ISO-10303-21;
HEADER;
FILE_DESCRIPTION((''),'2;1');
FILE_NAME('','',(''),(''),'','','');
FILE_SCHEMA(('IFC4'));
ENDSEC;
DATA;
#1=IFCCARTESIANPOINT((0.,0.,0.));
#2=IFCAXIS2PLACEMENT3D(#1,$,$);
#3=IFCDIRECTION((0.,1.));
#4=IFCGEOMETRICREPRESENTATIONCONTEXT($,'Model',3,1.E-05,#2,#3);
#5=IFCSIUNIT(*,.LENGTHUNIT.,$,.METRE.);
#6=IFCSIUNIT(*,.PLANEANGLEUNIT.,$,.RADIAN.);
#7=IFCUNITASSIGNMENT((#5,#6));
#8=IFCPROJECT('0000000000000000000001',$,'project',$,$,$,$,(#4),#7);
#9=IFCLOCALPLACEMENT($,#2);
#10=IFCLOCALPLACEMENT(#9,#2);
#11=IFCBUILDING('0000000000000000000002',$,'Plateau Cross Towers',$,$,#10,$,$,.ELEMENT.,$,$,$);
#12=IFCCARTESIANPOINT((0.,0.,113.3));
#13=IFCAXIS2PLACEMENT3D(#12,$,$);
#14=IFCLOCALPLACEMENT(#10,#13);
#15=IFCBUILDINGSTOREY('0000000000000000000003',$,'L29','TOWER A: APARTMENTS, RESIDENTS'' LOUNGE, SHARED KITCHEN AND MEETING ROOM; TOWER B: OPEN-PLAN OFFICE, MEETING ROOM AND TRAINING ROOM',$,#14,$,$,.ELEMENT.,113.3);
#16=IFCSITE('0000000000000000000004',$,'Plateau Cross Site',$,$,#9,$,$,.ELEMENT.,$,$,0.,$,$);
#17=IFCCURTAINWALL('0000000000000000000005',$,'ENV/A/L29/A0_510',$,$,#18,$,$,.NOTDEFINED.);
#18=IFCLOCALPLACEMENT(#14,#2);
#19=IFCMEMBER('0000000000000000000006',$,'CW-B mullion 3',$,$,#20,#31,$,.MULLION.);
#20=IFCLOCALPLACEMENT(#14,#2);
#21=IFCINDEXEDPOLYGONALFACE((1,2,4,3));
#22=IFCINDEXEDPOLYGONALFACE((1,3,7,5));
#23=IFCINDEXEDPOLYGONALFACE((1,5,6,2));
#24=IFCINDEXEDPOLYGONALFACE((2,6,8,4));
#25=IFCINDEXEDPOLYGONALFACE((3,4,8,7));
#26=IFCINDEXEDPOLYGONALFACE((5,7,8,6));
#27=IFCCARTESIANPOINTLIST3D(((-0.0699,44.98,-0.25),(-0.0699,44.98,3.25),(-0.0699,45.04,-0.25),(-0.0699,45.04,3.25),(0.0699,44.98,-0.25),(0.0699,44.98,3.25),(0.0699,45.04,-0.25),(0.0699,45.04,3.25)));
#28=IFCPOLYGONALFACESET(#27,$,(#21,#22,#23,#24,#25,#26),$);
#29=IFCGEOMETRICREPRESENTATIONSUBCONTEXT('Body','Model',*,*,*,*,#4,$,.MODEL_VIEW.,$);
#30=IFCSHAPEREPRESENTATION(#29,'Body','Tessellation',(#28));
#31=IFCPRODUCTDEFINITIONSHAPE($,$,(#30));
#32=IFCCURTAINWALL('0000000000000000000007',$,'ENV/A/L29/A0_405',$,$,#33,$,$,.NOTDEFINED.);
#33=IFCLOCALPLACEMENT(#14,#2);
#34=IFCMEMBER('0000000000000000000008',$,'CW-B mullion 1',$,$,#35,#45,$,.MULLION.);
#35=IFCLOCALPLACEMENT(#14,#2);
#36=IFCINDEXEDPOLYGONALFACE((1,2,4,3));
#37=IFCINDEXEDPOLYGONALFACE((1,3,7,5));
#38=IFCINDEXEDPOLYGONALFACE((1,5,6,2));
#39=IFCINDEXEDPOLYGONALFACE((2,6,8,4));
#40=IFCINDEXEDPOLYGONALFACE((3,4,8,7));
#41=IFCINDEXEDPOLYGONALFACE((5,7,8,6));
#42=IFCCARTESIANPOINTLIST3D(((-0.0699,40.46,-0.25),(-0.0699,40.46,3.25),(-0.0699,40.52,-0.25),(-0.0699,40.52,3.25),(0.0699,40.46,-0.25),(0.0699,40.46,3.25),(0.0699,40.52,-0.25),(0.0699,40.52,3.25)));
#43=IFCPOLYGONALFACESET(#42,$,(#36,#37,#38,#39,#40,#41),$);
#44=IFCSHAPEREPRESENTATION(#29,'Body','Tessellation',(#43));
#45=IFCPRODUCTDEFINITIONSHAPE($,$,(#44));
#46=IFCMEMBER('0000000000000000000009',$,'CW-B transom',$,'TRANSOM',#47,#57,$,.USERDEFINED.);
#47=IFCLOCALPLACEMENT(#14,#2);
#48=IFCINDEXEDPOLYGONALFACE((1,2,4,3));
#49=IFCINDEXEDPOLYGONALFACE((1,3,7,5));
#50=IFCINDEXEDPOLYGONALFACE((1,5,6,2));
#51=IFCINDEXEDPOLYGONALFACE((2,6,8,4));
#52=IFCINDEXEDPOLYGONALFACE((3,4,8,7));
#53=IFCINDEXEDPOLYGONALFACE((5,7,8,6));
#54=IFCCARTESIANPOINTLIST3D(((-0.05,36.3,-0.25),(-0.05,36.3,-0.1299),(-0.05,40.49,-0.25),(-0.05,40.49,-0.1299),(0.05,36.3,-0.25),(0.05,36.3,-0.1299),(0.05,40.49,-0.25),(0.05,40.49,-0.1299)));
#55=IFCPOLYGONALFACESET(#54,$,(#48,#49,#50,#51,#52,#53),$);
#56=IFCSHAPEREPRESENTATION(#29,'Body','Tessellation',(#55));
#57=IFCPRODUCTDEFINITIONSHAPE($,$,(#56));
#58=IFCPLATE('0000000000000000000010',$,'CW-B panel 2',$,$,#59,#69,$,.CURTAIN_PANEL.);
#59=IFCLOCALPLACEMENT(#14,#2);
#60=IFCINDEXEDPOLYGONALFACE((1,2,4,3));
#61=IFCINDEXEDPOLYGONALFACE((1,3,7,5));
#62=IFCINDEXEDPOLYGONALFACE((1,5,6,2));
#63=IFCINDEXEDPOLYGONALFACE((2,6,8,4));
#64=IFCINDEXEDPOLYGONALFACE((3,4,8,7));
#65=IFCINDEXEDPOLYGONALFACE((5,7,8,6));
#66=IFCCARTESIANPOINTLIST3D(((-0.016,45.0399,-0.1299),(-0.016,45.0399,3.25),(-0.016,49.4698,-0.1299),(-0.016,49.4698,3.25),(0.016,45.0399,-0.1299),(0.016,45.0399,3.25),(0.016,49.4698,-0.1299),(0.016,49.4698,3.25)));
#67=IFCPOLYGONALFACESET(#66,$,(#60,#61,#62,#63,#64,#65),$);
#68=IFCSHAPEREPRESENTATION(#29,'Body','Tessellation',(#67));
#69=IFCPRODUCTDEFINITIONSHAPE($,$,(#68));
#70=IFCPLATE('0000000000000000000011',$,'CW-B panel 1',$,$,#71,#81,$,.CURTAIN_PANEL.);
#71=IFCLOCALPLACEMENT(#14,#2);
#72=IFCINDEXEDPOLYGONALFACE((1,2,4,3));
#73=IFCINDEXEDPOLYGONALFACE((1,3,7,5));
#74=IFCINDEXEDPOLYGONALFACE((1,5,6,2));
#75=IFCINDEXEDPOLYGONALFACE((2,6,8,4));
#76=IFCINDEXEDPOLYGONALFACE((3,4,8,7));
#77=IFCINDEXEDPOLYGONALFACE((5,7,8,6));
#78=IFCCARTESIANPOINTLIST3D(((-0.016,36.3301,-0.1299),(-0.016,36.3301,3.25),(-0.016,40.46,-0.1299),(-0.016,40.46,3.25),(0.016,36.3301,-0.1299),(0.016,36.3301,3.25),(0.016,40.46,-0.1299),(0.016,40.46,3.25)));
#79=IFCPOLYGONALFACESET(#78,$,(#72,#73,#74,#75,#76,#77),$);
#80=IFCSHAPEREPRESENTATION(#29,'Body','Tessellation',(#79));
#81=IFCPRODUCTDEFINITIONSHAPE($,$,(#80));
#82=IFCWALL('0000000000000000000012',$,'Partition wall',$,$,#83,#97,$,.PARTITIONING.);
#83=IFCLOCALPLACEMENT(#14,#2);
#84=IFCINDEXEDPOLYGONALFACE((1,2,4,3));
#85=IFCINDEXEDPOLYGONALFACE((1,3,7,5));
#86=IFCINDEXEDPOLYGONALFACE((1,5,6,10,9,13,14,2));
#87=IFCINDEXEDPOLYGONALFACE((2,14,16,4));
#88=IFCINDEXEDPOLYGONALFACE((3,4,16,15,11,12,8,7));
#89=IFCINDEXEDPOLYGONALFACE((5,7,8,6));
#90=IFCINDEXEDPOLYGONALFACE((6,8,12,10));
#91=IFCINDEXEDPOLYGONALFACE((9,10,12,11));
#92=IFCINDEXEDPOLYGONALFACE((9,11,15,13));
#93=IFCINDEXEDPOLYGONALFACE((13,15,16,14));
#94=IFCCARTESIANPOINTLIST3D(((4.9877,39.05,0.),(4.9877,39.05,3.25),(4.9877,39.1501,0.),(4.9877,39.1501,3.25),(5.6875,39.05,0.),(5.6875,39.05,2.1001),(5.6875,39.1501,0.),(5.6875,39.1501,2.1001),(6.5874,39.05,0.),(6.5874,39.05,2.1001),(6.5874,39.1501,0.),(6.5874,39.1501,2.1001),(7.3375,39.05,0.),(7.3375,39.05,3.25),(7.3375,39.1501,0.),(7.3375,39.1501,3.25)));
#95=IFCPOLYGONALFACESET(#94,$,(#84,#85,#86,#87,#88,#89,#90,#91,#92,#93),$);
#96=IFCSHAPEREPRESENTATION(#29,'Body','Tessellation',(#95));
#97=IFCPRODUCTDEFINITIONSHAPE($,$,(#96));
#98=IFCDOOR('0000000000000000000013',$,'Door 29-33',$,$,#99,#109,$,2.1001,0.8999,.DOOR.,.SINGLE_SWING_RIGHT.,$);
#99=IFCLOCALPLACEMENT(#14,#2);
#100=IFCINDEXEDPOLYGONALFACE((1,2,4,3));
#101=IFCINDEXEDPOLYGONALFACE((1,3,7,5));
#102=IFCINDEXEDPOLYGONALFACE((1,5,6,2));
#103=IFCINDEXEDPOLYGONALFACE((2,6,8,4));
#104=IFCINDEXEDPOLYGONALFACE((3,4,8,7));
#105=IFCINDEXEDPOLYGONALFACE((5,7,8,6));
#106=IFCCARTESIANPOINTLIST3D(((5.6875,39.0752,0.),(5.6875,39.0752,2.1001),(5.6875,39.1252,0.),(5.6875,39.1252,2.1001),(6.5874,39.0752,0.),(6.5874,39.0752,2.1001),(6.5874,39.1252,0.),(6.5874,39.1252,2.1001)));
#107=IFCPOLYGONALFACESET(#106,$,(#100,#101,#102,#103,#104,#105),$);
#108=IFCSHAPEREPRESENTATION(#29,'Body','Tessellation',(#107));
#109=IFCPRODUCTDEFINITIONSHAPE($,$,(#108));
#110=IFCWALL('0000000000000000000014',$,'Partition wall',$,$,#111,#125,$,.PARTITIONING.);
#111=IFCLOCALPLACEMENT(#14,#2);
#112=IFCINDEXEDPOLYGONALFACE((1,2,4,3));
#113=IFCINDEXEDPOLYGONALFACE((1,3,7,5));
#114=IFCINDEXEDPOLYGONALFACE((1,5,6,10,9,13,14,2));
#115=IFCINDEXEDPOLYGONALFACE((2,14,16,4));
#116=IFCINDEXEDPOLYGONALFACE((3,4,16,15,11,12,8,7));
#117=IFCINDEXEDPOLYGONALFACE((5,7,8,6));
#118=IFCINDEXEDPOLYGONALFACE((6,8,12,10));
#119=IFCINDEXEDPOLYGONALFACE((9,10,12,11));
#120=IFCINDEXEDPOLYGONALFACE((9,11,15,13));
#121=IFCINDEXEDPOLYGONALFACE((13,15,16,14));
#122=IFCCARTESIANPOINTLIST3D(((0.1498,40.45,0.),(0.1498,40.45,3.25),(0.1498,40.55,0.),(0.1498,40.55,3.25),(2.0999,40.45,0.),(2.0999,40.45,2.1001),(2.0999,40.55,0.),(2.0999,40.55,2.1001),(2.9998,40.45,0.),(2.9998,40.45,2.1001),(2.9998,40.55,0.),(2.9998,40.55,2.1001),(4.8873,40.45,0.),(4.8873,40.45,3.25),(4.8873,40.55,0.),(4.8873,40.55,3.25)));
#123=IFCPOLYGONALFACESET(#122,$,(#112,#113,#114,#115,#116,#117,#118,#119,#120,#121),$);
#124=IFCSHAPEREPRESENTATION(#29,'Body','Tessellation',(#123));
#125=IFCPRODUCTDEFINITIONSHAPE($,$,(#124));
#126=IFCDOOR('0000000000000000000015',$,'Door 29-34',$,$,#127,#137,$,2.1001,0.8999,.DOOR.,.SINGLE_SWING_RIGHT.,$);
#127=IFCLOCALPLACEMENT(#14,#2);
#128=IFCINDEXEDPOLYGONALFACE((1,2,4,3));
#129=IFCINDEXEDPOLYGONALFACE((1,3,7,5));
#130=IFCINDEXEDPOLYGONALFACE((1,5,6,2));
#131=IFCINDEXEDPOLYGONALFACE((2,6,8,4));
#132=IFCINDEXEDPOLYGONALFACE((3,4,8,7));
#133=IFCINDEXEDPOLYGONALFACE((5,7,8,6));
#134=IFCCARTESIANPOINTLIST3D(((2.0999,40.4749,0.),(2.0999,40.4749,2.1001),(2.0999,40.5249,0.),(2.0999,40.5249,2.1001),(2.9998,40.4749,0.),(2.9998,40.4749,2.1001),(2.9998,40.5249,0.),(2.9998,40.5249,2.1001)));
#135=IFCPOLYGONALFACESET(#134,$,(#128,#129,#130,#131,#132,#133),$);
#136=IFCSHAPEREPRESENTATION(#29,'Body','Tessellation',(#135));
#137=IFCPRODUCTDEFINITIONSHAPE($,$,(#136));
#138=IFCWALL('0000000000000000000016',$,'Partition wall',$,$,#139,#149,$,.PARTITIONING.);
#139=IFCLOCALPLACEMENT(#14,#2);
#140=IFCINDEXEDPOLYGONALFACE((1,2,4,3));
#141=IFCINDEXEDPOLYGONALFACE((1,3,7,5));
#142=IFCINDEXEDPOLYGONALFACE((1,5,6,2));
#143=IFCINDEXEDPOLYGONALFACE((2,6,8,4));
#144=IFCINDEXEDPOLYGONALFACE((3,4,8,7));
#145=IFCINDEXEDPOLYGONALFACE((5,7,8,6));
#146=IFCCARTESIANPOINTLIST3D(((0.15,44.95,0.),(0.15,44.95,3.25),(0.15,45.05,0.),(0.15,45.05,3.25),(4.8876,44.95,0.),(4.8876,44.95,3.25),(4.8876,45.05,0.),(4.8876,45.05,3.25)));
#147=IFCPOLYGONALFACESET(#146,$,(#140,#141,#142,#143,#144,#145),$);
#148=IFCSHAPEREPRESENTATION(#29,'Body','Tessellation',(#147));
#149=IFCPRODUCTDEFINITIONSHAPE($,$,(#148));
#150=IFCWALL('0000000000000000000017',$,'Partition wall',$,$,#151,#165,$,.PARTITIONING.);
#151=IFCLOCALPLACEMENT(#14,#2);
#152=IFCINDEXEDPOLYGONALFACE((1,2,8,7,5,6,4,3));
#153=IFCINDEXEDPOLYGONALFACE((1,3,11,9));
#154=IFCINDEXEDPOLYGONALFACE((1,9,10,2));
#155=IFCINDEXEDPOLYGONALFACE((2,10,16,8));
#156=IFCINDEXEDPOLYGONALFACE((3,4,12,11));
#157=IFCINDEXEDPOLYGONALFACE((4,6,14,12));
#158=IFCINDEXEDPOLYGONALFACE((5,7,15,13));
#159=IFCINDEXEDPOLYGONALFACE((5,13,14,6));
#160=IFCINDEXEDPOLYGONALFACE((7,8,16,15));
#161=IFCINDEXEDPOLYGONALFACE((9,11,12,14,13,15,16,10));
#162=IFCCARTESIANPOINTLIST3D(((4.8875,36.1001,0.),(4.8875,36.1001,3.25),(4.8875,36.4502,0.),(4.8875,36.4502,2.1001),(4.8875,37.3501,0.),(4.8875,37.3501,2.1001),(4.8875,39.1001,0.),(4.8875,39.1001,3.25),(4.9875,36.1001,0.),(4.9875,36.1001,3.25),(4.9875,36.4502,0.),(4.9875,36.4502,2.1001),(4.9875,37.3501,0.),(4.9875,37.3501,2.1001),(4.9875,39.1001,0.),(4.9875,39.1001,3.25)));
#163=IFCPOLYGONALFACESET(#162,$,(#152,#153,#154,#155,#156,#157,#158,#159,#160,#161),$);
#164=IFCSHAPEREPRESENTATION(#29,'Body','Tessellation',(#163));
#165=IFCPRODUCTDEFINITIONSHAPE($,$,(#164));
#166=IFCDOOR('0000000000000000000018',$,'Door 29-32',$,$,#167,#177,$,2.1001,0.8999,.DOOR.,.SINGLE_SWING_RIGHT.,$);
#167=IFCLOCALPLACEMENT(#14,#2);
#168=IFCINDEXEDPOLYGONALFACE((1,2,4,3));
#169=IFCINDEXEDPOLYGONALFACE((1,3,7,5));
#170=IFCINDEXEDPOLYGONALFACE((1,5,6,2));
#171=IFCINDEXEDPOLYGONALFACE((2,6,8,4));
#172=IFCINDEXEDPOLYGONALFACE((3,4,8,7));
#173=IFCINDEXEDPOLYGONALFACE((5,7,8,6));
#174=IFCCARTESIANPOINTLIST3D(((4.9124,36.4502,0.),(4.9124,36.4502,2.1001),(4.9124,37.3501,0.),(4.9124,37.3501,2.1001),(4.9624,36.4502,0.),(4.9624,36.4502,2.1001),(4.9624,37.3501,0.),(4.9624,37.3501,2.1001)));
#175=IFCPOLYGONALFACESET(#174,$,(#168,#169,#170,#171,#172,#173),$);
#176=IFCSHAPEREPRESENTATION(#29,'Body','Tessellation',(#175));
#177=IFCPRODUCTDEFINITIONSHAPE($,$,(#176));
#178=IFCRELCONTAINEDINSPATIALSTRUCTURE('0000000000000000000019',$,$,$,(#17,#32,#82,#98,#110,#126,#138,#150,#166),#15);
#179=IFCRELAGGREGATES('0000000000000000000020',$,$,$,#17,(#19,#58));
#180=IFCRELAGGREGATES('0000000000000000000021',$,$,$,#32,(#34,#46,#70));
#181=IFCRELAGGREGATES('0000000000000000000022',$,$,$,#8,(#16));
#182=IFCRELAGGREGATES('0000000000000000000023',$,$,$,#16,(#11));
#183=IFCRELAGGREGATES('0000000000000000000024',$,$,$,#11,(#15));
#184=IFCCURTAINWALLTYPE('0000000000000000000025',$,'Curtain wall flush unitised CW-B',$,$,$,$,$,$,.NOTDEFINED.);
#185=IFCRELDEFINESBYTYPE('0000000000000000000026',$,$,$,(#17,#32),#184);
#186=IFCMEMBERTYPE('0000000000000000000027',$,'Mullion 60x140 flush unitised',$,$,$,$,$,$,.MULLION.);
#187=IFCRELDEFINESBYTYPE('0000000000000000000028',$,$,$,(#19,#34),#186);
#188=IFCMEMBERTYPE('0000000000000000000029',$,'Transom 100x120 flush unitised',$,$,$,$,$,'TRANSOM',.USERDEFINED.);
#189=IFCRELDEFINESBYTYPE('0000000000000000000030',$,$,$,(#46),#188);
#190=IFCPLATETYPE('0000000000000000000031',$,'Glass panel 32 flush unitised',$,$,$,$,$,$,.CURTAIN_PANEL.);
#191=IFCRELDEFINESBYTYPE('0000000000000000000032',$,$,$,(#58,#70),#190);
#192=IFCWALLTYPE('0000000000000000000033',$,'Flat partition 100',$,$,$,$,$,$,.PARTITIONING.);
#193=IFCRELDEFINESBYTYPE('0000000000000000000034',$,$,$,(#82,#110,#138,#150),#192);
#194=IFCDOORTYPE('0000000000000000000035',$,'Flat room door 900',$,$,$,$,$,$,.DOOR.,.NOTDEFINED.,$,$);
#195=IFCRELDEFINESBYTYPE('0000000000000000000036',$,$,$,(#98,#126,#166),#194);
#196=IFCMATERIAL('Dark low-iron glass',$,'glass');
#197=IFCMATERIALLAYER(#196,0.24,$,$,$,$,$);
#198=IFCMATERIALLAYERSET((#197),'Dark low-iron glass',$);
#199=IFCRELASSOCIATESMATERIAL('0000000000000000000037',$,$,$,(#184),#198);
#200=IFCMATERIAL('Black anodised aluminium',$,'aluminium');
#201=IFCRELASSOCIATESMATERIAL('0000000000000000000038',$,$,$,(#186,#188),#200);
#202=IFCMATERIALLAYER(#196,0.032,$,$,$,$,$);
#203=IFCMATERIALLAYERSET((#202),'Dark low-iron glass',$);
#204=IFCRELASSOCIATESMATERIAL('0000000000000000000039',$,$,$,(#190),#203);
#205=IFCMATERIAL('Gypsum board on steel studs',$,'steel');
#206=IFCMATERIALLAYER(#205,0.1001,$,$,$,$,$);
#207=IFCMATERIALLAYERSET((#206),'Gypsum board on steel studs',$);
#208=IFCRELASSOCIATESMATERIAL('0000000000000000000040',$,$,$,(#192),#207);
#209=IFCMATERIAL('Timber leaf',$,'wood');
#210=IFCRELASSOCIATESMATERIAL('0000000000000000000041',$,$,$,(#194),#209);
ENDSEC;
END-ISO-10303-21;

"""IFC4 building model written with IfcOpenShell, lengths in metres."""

from ifc_helpers import new_model, si_unit, direction, frame, frame_2d, origin, origin_2d, place, context, subcontext, project, spatial, rectangle, extrude, material, layer, layer_set, material_profile, profile_set, type_object, element, fill, aggregate, save


model = new_model("IFC4")

# Units and contexts
model_context = context("Model", 3, precision=1e-05, world=origin(), true_north=direction((0.0, 1.0)))
body_context = subcontext(model_context, "Body", "Model", "MODEL_VIEW")
ifc_project = project(units=[si_unit("LENGTHUNIT", "METRE"), si_unit("PLANEANGLEUNIT", "RADIAN")], contexts=[model_context])

# Site, building, storey
site_placement = place(None, origin())
site = spatial("IfcSite", under=ifc_project, at=site_placement, Name="Plateau Cross Site", CompositionType="ELEMENT", RefElevation=0.0)
building_placement = place(site_placement, origin())
building = spatial("IfcBuilding", under=site, at=building_placement, Name="Plateau Cross Towers", CompositionType="ELEMENT")
storey_placement = place(building_placement, frame((0.0, 0.0, 113.3)))
storey = spatial("IfcBuildingStorey", under=building, at=storey_placement, Name="L29", Description="TOWER A: APARTMENTS, RESIDENTS' LOUNGE, SHARED KITCHEN AND MEETING ROOM; TOWER B: OPEN-PLAN OFFICE, MEETING ROOM AND TRAINING ROOM", CompositionType="ELEMENT", Elevation=113.3)

# Curtain wall, member
ifc_material_1 = material(Name="Dark low-iron glass", Category="glass")
ifc_layer_1 = layer(ifc_material_1, 0.24)
ifc_layer_set_1 = layer_set([ifc_layer_1], Name="Dark low-iron glass")
curtain_wall_type = type_object("IfcCurtainWallType", Name="Curtain wall flush unitised CW-B", PredefinedType="NOTDEFINED", material=ifc_layer_set_1)
curtain_wall_1_placement = place(storey_placement, origin())
curtain_wall_1 = element("IfcCurtainWall", 1, at=curtain_wall_1_placement, inside=storey, type_object=curtain_wall_type, Name="ENV/A/L29/A0_510", PredefinedType="NOTDEFINED")
ifc_material_2 = material(Name="Black anodised aluminium", Category="aluminium")
ifc_material_profile_1 = material_profile(ifc_material_2, rectangle(XDim=0.0601, YDim=0.1399, at=origin_2d()), Name="MULLION 60x140")
ifc_profile_set_1 = profile_set([ifc_material_profile_1], Name="Black anodised aluminium")
member_type_1 = type_object("IfcMemberType", Name="Mullion 60x140 flush unitised", PredefinedType="MULLION", material=ifc_profile_set_1)
member_1_placement = place(storey_placement, frame((0.0, 45.01, -0.25), z_axis=(0.0, 0.0, 1.0), x_axis=(0.0, -1.0, 0.0)))
member_1 = element("IfcMember", 2, at=member_1_placement, type_object=member_type_1, Name="CW-B mullion 3", PredefinedType="MULLION", context=body_context, shape_type="SweptSolid", body=[
    extrude(rectangle(XDim=0.0601, YDim=0.1399, at=origin_2d()), origin(), (0.0, 0.0, 1.0), 3.5),
])

# Curtain wall, members
curtain_wall_2_placement = place(storey_placement, origin())
curtain_wall_2 = element("IfcCurtainWall", 3, at=curtain_wall_2_placement, inside=storey, type_object=curtain_wall_type, Name="ENV/A/L29/A0_405", PredefinedType="NOTDEFINED")
member_2_placement = place(storey_placement, frame((0.0, 40.49, -0.25), z_axis=(0.0, 0.0, 1.0), x_axis=(0.0, -1.0, 0.0)))
member_2 = element("IfcMember", 4, at=member_2_placement, type_object=member_type_1, Name="CW-B mullion 1", PredefinedType="MULLION", context=body_context, shape_type="SweptSolid", body=[
    extrude(rectangle(XDim=0.0601, YDim=0.1399, at=origin_2d()), origin(), (0.0, 0.0, 1.0), 3.5),
])
ifc_material_profile_2 = material_profile(ifc_material_2, rectangle(XDim=0.1001, YDim=0.1201, at=origin_2d()), Name="TRANSOM 100x120")
ifc_profile_set_2 = profile_set([ifc_material_profile_2], Name="Black anodised aluminium")
member_type_2 = type_object("IfcMemberType", Name="Transom 100x120 flush unitised", ElementType="TRANSOM", PredefinedType="USERDEFINED", material=ifc_profile_set_2)
member_3_placement = place(storey_placement, frame((0.0, 40.49, -0.1899), z_axis=(0.0, -1.0, 0.0), x_axis=(1.0, 0.0, 0.0)))
member_3 = element("IfcMember", 5, at=member_3_placement, type_object=member_type_2, Name="CW-B transom", ObjectType="TRANSOM", PredefinedType="USERDEFINED", context=body_context, shape_type="SweptSolid", body=[
    extrude(rectangle(XDim=0.1001, YDim=0.1201, at=origin_2d()), origin(), (0.0, 0.0, 1.0), 4.1899),
])

# Plates
ifc_layer_2 = layer(ifc_material_1, 0.032)
ifc_layer_set_2 = layer_set([ifc_layer_2], Name="Dark low-iron glass")
plate_type = type_object("IfcPlateType", Name="Glass panel 32 flush unitised", PredefinedType="CURTAIN_PANEL", material=ifc_layer_set_2)
plate_1_placement = place(storey_placement, frame((0.0, 47.2549, -0.1299), z_axis=(0.0, 0.0, 1.0), x_axis=(0.0, -1.0, 0.0)))
plate_1 = element("IfcPlate", 6, at=plate_1_placement, type_object=plate_type, Name="CW-B panel 2", PredefinedType="CURTAIN_PANEL", context=body_context, shape_type="SweptSolid", body=[
    extrude(rectangle(XDim=4.4299, YDim=0.032, at=origin_2d()), origin(), (0.0, 0.0, 1.0), 3.3799),
])
aggregate(curtain_wall_1, [member_1, plate_1])
plate_2_placement = place(storey_placement, frame((0.0, 38.395, -0.1299), z_axis=(0.0, 0.0, 1.0), x_axis=(0.0, -1.0, 0.0)))
plate_2 = element("IfcPlate", 7, at=plate_2_placement, type_object=plate_type, Name="CW-B panel 1", PredefinedType="CURTAIN_PANEL", context=body_context, shape_type="SweptSolid", body=[
    extrude(rectangle(XDim=4.1299, YDim=0.032, at=origin_2d()), origin(), (0.0, 0.0, 1.0), 3.3799),
])
aggregate(curtain_wall_2, [member_2, member_3, plate_2])

# Walls, openings, doors
ifc_material_3 = material(Name="Gypsum board on steel studs", Category="steel")
ifc_layer_3 = layer(ifc_material_3, 0.1001)
ifc_layer_set_3 = layer_set([ifc_layer_3], Name="Gypsum board on steel studs")
wall_type_1 = type_object("IfcWallType", Name="Flat partition 100", PredefinedType="PARTITIONING", material=ifc_layer_set_3)
wall_1_placement = place(storey_placement, frame((7.3374, 39.1001, 0.0), z_axis=(0.0, 0.0, 1.0), x_axis=(-1.0, 0.0, 0.0)))
wall_1 = element("IfcWall", 8, at=wall_1_placement, inside=storey, type_object=wall_type_1, Name="Partition wall", PredefinedType="PARTITIONING", context=body_context, shape_type="SweptSolid", body=[
    extrude(rectangle(XDim=2.3499, YDim=0.1001, at=frame_2d((1.1748, 0.0))), origin(), (0.0, 0.0, 1.0), 3.25),
])
opening_1_placement = place(wall_1_placement, frame((0.75, 0.0, 0.0)))
opening_1 = element("IfcOpeningElement", 9, at=opening_1_placement, cuts=wall_1, PredefinedType="OPENING", context=body_context, shape_type="SweptSolid", body=[
    extrude(rectangle(XDim=0.8999, YDim=2.1001, at=frame_2d((0.45, 1.05))), frame((0.0, 0.0601, 0.0), z_axis=(0.0, -1.0, 0.0), x_axis=(1.0, 0.0, 0.0)), (0.0, 0.0, 1.0), 0.1201),
])
ifc_material_4 = material(Name="Timber leaf", Category="wood")
door_type_1 = type_object("IfcDoorType", Name="Flat room door 900", OperationType="NOTDEFINED", PredefinedType="DOOR", material=ifc_material_4)
door_1_placement = place(opening_1_placement, origin())
door_1 = element("IfcDoor", 10, at=door_1_placement, inside=storey, type_object=door_type_1, Name="Door 29-33", OperationType="SINGLE_SWING_RIGHT", OverallHeight=2.1001, OverallWidth=0.8999, PredefinedType="DOOR", context=body_context, shape_type="SweptSolid", body=[
    extrude(rectangle(XDim=0.8999, YDim=2.1001, at=frame_2d((0.45, 1.05))), frame((0.0, 0.0249, 0.0), z_axis=(0.0, -1.0, 0.0), x_axis=(1.0, 0.0, 0.0)), (0.0, 0.0, 1.0), 0.05),
])
fill(opening_1, door_1)
wall_2_placement = place(storey_placement, frame((0.1499, 40.5, 0.0), z_axis=(0.0, 0.0, 1.0), x_axis=(1.0, 0.0, 0.0)))
wall_2 = element("IfcWall", 11, at=wall_2_placement, inside=storey, type_object=wall_type_1, Name="Partition wall", PredefinedType="PARTITIONING", context=body_context, shape_type="SweptSolid", body=[
    extrude(rectangle(XDim=4.7375, YDim=0.1001, at=frame_2d((2.3687, 0.0))), origin(), (0.0, 0.0, 1.0), 3.25),
])
opening_2_placement = place(wall_2_placement, frame((1.95, 0.0, 0.0)))
opening_2 = element("IfcOpeningElement", 12, at=opening_2_placement, cuts=wall_2, PredefinedType="OPENING", context=body_context, shape_type="SweptSolid", body=[
    extrude(rectangle(XDim=0.8999, YDim=2.1001, at=frame_2d((0.45, 1.05))), frame((0.0, 0.0601, 0.0), z_axis=(0.0, -1.0, 0.0), x_axis=(1.0, 0.0, 0.0)), (0.0, 0.0, 1.0), 0.1201),
])
door_2_placement = place(opening_2_placement, origin())
door_2 = element("IfcDoor", 13, at=door_2_placement, inside=storey, type_object=door_type_1, Name="Door 29-34", OperationType="SINGLE_SWING_RIGHT", OverallHeight=2.1001, OverallWidth=0.8999, PredefinedType="DOOR", context=body_context, shape_type="SweptSolid", body=[
    extrude(rectangle(XDim=0.8999, YDim=2.1001, at=frame_2d((0.45, 1.05))), frame((0.0, 0.0249, 0.0), z_axis=(0.0, -1.0, 0.0), x_axis=(1.0, 0.0, 0.0)), (0.0, 0.0, 1.0), 0.05),
])
fill(opening_2, door_2)

# Wall
wall_3_placement = place(storey_placement, frame((4.8875, 45.0, 0.0), z_axis=(0.0, 0.0, 1.0), x_axis=(-1.0, 0.0, 0.0)))
element("IfcWall", 14, at=wall_3_placement, inside=storey, type_object=wall_type_1, Name="Partition wall", PredefinedType="PARTITIONING", context=body_context, shape_type="SweptSolid", body=[
    extrude(rectangle(XDim=4.7375, YDim=0.1001, at=frame_2d((2.3687, 0.0))), origin(), (0.0, 0.0, 1.0), 3.25),
])

# Wall, opening, door
wall_4_placement = place(storey_placement, frame((4.9375, 39.1001, 0.0), z_axis=(0.0, 0.0, 1.0), x_axis=(0.0, -1.0, 0.0)))
wall_4 = element("IfcWall", 15, at=wall_4_placement, inside=storey, type_object=wall_type_1, Name="Partition wall", PredefinedType="PARTITIONING", context=body_context, shape_type="SweptSolid", body=[
    extrude(rectangle(XDim=3.0, YDim=0.1001, at=frame_2d((1.5, 0.0))), origin(), (0.0, 0.0, 1.0), 3.25),
])
opening_3_placement = place(wall_4_placement, frame((1.75, 0.0, 0.0)))
opening_3 = element("IfcOpeningElement", 16, at=opening_3_placement, cuts=wall_4, PredefinedType="OPENING", context=body_context, shape_type="SweptSolid", body=[
    extrude(rectangle(XDim=0.8999, YDim=2.1001, at=frame_2d((0.45, 1.05))), frame((0.0, 0.0601, 0.0), z_axis=(0.0, -1.0, 0.0), x_axis=(1.0, 0.0, 0.0)), (0.0, 0.0, 1.0), 0.1201),
])
door_3_placement = place(opening_3_placement, origin())
door_3 = element("IfcDoor", 17, at=door_3_placement, inside=storey, type_object=door_type_1, Name="Door 29-32", OperationType="SINGLE_SWING_RIGHT", OverallHeight=2.1001, OverallWidth=0.8999, PredefinedType="DOOR", context=body_context, shape_type="SweptSolid", body=[
    extrude(rectangle(XDim=0.8999, YDim=2.1001, at=frame_2d((0.45, 1.05))), frame((0.0, 0.0249, 0.0), z_axis=(0.0, -1.0, 0.0), x_axis=(1.0, 0.0, 0.0)), (0.0, 0.0, 1.0), 0.05),
])
fill(opening_3, door_3)

save(model, "model.ifc")
